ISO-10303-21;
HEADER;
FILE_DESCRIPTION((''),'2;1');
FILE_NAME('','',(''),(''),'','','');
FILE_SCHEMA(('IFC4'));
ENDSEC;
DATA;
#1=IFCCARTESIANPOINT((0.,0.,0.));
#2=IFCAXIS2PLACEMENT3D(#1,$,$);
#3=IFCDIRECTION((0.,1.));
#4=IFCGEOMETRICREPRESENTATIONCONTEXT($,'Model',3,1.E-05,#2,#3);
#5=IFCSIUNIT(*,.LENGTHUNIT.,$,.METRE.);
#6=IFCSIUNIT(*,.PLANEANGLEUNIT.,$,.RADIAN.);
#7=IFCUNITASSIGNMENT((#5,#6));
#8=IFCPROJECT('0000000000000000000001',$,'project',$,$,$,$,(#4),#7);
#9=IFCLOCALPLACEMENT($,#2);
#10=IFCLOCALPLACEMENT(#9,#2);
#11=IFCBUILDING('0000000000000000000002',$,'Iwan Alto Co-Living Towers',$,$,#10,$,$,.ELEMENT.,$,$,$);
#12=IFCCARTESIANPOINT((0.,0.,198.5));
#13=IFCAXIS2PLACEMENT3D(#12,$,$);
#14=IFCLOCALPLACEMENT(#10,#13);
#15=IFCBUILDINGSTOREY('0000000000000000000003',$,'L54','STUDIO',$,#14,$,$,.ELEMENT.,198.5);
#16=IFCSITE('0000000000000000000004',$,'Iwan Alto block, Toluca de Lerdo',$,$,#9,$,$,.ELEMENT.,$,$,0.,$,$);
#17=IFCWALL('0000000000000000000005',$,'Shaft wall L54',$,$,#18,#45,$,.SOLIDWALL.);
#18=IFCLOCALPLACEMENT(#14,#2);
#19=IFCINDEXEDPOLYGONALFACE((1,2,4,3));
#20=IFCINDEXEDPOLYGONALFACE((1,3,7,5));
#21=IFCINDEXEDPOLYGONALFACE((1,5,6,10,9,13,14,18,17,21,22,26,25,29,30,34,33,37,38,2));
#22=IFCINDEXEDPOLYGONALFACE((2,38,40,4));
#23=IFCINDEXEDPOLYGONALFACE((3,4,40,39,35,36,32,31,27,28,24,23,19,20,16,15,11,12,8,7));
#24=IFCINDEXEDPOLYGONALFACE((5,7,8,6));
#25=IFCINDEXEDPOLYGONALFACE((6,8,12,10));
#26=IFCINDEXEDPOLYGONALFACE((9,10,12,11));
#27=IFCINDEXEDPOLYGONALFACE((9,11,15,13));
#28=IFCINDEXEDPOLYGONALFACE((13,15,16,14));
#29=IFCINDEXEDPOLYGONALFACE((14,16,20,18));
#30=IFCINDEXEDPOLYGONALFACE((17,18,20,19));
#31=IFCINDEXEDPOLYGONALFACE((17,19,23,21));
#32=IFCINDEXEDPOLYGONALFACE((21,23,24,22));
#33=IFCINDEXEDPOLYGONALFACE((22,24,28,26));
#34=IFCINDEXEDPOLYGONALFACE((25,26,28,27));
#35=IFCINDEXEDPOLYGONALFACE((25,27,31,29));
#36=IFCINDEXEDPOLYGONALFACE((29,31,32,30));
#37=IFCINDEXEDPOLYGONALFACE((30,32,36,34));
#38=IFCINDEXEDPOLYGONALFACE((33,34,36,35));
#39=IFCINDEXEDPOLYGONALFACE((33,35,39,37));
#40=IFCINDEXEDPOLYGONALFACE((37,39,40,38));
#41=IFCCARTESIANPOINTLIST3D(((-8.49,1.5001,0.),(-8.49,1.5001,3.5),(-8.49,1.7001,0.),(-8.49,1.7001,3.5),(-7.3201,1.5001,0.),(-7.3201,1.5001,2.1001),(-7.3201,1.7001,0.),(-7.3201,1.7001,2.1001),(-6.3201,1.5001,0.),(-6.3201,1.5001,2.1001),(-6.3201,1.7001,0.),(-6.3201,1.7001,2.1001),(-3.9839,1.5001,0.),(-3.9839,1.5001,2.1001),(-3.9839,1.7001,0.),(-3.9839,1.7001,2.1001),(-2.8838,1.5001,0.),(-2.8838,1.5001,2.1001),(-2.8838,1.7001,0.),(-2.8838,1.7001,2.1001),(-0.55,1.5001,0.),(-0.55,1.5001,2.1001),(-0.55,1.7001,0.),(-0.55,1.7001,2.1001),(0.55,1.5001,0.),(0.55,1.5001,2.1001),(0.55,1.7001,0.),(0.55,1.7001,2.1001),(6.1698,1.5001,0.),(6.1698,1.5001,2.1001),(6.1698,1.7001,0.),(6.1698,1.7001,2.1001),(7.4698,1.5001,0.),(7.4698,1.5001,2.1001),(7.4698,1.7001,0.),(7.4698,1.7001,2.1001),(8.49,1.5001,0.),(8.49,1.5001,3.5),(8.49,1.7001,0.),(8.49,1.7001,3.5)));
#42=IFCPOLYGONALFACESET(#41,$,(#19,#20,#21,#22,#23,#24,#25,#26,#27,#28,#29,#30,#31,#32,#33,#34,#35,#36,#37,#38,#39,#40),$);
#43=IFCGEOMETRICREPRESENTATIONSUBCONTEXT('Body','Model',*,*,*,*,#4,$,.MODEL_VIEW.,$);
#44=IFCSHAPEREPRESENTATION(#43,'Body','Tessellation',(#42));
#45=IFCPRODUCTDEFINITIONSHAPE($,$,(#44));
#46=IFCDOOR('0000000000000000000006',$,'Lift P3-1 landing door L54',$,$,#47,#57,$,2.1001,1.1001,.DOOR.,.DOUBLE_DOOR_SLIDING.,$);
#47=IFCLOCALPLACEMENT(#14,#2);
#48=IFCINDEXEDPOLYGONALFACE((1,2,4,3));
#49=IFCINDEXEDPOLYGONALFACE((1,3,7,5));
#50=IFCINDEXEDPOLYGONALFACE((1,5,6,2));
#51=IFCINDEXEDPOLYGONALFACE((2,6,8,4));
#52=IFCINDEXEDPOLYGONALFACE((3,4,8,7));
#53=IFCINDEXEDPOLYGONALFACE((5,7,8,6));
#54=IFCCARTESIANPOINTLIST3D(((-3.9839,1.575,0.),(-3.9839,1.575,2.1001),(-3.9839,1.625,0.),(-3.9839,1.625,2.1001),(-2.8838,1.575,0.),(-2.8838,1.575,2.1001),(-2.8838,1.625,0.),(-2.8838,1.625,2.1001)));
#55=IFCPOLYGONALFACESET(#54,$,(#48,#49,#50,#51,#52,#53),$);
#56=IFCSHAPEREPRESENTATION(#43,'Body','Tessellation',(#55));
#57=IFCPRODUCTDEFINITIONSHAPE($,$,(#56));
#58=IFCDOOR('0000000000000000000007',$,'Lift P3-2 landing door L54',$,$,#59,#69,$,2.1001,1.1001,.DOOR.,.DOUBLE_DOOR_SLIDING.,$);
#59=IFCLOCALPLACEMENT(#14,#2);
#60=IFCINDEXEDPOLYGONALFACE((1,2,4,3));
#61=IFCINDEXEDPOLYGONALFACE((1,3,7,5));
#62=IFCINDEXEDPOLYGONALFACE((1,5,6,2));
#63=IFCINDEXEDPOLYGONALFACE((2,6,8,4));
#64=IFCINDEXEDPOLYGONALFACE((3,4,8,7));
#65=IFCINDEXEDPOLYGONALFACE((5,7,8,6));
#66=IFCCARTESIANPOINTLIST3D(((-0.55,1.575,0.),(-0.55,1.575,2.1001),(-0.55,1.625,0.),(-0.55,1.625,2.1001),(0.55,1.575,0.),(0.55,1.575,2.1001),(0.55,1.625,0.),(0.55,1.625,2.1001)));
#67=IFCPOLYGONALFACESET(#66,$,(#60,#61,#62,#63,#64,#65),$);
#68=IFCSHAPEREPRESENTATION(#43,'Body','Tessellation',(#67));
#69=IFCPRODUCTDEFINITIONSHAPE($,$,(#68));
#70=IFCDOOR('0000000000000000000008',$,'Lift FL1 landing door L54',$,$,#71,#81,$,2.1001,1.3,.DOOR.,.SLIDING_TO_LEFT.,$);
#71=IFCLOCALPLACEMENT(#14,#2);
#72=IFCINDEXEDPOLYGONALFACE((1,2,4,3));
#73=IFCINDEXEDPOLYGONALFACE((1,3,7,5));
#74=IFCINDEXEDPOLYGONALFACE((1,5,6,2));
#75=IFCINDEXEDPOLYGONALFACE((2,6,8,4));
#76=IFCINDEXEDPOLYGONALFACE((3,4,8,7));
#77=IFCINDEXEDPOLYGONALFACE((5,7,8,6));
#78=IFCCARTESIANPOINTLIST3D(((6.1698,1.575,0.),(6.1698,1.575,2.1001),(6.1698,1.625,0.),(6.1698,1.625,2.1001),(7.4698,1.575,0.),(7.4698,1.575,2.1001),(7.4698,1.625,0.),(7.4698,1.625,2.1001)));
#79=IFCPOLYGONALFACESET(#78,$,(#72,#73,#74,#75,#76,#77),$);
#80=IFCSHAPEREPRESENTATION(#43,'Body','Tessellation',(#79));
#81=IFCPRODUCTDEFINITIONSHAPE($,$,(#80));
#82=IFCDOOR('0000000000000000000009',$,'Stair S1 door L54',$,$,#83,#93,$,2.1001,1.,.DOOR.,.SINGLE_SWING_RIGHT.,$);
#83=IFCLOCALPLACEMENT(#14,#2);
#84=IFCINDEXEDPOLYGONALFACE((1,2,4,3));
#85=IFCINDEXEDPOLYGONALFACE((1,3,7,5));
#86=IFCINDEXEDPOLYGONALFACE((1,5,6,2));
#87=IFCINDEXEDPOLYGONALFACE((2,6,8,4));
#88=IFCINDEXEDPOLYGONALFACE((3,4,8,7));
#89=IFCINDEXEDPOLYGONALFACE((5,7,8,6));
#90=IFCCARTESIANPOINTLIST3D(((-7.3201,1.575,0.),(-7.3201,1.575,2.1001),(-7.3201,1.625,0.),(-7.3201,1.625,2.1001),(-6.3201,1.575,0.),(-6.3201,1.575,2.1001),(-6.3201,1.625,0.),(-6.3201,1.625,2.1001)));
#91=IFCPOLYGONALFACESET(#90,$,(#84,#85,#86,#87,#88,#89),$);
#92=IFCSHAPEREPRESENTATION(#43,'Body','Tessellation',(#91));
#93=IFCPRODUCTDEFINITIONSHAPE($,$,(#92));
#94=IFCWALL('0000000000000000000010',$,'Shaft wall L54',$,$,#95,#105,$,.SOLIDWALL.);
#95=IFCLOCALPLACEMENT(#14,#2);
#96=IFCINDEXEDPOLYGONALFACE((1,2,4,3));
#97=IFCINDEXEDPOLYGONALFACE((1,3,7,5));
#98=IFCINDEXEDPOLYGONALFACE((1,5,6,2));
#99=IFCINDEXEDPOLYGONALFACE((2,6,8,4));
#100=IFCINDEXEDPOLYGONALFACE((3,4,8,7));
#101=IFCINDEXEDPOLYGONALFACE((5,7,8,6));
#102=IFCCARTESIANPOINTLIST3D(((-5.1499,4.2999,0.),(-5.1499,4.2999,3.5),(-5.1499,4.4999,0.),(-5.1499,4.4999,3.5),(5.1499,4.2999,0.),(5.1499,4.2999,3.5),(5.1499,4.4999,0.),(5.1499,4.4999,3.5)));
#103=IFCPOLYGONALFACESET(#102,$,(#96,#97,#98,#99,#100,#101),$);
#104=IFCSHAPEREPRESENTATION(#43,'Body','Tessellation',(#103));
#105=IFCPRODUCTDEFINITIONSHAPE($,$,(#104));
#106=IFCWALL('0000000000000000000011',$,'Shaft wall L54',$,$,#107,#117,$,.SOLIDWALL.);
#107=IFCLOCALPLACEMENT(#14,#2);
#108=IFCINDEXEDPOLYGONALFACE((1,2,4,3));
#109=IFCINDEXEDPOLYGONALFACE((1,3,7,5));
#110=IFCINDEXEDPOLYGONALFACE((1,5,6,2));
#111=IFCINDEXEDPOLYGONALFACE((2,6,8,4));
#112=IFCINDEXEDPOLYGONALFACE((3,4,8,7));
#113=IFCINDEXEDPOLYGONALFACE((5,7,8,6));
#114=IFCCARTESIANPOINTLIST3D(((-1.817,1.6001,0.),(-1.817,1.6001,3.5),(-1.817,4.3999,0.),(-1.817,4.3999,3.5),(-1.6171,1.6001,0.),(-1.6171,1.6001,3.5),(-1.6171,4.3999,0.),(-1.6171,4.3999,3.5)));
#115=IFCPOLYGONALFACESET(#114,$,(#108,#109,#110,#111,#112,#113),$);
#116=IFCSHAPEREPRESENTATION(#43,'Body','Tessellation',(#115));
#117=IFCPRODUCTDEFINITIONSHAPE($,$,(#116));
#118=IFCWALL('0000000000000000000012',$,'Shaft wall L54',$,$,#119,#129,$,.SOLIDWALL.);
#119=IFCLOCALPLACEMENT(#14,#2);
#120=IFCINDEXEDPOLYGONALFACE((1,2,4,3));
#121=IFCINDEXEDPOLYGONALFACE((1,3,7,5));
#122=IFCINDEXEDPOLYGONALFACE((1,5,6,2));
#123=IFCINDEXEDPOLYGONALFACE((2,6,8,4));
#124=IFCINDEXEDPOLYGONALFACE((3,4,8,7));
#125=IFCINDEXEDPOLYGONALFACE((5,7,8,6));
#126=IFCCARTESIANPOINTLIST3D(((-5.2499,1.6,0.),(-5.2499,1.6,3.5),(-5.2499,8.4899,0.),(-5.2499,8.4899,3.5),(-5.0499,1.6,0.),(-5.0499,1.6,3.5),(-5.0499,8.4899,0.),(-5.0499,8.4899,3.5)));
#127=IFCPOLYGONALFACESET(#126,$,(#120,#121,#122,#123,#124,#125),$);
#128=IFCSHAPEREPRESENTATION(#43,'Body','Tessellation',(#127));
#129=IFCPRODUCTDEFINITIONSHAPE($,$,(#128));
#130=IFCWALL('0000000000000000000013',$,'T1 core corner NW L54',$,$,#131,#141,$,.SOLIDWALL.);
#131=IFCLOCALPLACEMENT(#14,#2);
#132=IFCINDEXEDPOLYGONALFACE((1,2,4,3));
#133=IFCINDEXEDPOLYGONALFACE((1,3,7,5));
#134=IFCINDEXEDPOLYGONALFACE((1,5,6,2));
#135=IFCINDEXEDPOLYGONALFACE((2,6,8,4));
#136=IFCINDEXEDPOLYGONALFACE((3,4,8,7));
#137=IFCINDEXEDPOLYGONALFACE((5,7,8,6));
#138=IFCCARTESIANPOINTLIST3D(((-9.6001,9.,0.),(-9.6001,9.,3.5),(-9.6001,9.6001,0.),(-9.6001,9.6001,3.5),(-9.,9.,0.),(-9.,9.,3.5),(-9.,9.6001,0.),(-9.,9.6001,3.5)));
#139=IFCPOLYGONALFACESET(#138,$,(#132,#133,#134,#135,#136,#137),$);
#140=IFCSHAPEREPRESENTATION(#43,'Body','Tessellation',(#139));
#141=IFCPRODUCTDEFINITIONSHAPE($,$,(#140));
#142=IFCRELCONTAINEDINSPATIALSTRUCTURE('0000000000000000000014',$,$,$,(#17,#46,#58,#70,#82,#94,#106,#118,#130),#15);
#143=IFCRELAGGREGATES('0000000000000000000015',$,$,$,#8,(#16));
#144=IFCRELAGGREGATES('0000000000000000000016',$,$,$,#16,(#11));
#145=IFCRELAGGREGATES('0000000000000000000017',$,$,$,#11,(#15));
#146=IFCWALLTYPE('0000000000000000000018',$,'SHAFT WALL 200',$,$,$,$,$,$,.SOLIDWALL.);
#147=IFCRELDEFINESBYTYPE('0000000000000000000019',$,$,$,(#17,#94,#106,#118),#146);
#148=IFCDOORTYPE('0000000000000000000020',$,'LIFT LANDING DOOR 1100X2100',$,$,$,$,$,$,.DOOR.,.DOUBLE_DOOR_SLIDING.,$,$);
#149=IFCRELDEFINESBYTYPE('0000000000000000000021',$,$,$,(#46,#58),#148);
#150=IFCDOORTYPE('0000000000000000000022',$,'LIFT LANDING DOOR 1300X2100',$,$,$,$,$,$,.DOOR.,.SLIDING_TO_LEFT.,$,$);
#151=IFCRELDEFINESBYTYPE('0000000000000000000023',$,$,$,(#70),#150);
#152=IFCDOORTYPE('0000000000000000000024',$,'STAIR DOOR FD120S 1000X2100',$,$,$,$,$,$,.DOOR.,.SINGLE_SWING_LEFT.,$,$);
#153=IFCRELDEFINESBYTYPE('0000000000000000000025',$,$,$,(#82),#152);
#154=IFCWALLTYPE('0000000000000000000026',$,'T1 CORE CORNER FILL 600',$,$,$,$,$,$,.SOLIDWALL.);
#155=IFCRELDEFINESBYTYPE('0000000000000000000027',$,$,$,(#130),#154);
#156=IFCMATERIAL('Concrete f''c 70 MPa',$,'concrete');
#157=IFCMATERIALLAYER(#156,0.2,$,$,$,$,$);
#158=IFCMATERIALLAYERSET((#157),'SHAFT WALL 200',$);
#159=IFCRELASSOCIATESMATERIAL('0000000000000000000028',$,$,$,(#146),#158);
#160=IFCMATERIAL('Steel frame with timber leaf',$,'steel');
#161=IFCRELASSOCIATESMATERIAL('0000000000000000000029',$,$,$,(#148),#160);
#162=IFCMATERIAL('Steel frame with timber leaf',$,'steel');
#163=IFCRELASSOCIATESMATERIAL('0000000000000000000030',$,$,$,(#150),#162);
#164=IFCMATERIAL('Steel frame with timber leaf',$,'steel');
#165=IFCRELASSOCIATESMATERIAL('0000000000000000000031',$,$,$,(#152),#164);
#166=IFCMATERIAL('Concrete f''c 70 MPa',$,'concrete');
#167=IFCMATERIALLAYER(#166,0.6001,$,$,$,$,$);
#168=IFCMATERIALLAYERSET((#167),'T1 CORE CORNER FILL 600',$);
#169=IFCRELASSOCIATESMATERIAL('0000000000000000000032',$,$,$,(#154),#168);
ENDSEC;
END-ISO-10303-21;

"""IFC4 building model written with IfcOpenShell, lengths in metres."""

from ifc_helpers import new_model, si_unit, direction, frame, frame_2d, origin, place, context, subcontext, project, spatial, rectangle, extrude, material, layer, layer_set, type_object, element, fill, save


model = new_model("IFC4")

# Units and contexts
model_context = context("Model", 3, precision=1e-05, world=origin(), true_north=direction((0.0, 1.0)))
body_context = subcontext(model_context, "Body", "Model", "MODEL_VIEW")
ifc_project = project(units=[si_unit("LENGTHUNIT", "METRE"), si_unit("PLANEANGLEUNIT", "RADIAN")], contexts=[model_context])

# Site, building, storey
site_placement = place(None, origin())
site = spatial("IfcSite", under=ifc_project, at=site_placement, Name="Iwan Alto block, Toluca de Lerdo", CompositionType="ELEMENT", RefElevation=0.0)
building_placement = place(site_placement, origin())
building = spatial("IfcBuilding", under=site, at=building_placement, Name="Iwan Alto Co-Living Towers", CompositionType="ELEMENT")
storey_placement = place(building_placement, frame((0.0, 0.0, 198.5)))
storey = spatial("IfcBuildingStorey", under=building, at=storey_placement, Name="L54", Description="STUDIO", CompositionType="ELEMENT", Elevation=198.5)

# Wall, openings, doors
ifc_material_1 = material(Name="Concrete f'c 70 MPa", Category="concrete")
ifc_layer_1 = layer(ifc_material_1, 0.2)
ifc_layer_set_1 = layer_set([ifc_layer_1], Name="SHAFT WALL 200")
wall_type_1 = type_object("IfcWallType", Name="SHAFT WALL 200", PredefinedType="SOLIDWALL", material=ifc_layer_set_1)
wall_1_placement = place(storey_placement, frame((-8.49, 1.6001, 0.0), z_axis=(0.0, 0.0, 1.0), x_axis=(1.0, 0.0, 0.0)))
wall_1 = element("IfcWall", 1, at=wall_1_placement, inside=storey, type_object=wall_type_1, Name="Shaft wall L54", PredefinedType="SOLIDWALL", context=body_context, shape_type="SweptSolid", body=[
    extrude(rectangle(XDim=16.98, YDim=0.2, at=frame_2d((8.49, 0.0))), origin(), (0.0, 0.0, 1.0), 3.5),
])
opening_1_placement = place(wall_1_placement, frame((1.1699, 0.0, 0.0)))
opening_1 = element("IfcOpeningElement", 2, at=opening_1_placement, cuts=wall_1, PredefinedType="OPENING", context=body_context, shape_type="SweptSolid", body=[
    extrude(rectangle(XDim=1.0, YDim=2.1001, at=frame_2d((0.5, 1.05))), frame((0.0, 0.1099, 0.0), z_axis=(0.0, -1.0, 0.0), x_axis=(1.0, 0.0, 0.0)), (0.0, 0.0, 1.0), 0.22),
])
opening_2_placement = place(wall_1_placement, frame((4.5061, 0.0, 0.0)))
opening_2 = element("IfcOpeningElement", 3, at=opening_2_placement, cuts=wall_1, PredefinedType="OPENING", context=body_context, shape_type="SweptSolid", body=[
    extrude(rectangle(XDim=1.1001, YDim=2.1001, at=frame_2d((0.55, 1.05))), frame((0.0, 0.1099, 0.0), z_axis=(0.0, -1.0, 0.0), x_axis=(1.0, 0.0, 0.0)), (0.0, 0.0, 1.0), 0.22),
])
opening_3_placement = place(wall_1_placement, frame((7.9399, 0.0, 0.0)))
opening_3 = element("IfcOpeningElement", 4, at=opening_3_placement, cuts=wall_1, PredefinedType="OPENING", context=body_context, shape_type="SweptSolid", body=[
    extrude(rectangle(XDim=1.1001, YDim=2.1001, at=frame_2d((0.55, 1.05))), frame((0.0, 0.1099, 0.0), z_axis=(0.0, -1.0, 0.0), x_axis=(1.0, 0.0, 0.0)), (0.0, 0.0, 1.0), 0.22),
])
opening_4_placement = place(wall_1_placement, frame((14.6599, 0.0, 0.0)))
opening_4 = element("IfcOpeningElement", 5, at=opening_4_placement, cuts=wall_1, PredefinedType="OPENING", context=body_context, shape_type="SweptSolid", body=[
    extrude(rectangle(XDim=1.3, YDim=2.1001, at=frame_2d((0.6499, 1.05))), frame((0.0, 0.1099, 0.0), z_axis=(0.0, -1.0, 0.0), x_axis=(1.0, 0.0, 0.0)), (0.0, 0.0, 1.0), 0.22),
])
ifc_material_2 = material(Name="Steel frame with timber leaf", Category="steel")
door_type_1 = type_object("IfcDoorType", Name="LIFT LANDING DOOR 1100X2100", OperationType="DOUBLE_DOOR_SLIDING", PredefinedType="DOOR", material=ifc_material_2)
door_1_placement = place(opening_2_placement, origin())
door_1 = element("IfcDoor", 6, at=door_1_placement, inside=storey, type_object=door_type_1, Name="Lift P3-1 landing door L54", OperationType="DOUBLE_DOOR_SLIDING", OverallHeight=2.1001, OverallWidth=1.1001, PredefinedType="DOOR", context=body_context, shape_type="SweptSolid", body=[
    extrude(rectangle(XDim=1.1001, YDim=2.1001, at=frame_2d((0.55, 1.05))), frame((0.0, 0.0249, 0.0), z_axis=(0.0, -1.0, 0.0), x_axis=(1.0, 0.0, 0.0)), (0.0, 0.0, 1.0), 0.05),
])
fill(opening_2, door_1)
door_2_placement = place(opening_3_placement, origin())
door_2 = element("IfcDoor", 7, at=door_2_placement, inside=storey, type_object=door_type_1, Name="Lift P3-2 landing door L54", OperationType="DOUBLE_DOOR_SLIDING", OverallHeight=2.1001, OverallWidth=1.1001, PredefinedType="DOOR", context=body_context, shape_type="SweptSolid", body=[
    extrude(rectangle(XDim=1.1001, YDim=2.1001, at=frame_2d((0.55, 1.05))), frame((0.0, 0.0249, 0.0), z_axis=(0.0, -1.0, 0.0), x_axis=(1.0, 0.0, 0.0)), (0.0, 0.0, 1.0), 0.05),
])
fill(opening_3, door_2)
ifc_material_3 = material(Name="Steel frame with timber leaf", Category="steel")
door_type_2 = type_object("IfcDoorType", Name="LIFT LANDING DOOR 1300X2100", OperationType="SLIDING_TO_LEFT", PredefinedType="DOOR", material=ifc_material_3)
door_3_placement = place(opening_4_placement, origin())
door_3 = element("IfcDoor", 8, at=door_3_placement, inside=storey, type_object=door_type_2, Name="Lift FL1 landing door L54", OperationType="SLIDING_TO_LEFT", OverallHeight=2.1001, OverallWidth=1.3, PredefinedType="DOOR", context=body_context, shape_type="SweptSolid", body=[
    extrude(rectangle(XDim=1.3, YDim=2.1001, at=frame_2d((0.6499, 1.05))), frame((0.0, 0.0249, 0.0), z_axis=(0.0, -1.0, 0.0), x_axis=(1.0, 0.0, 0.0)), (0.0, 0.0, 1.0), 0.05),
])
fill(opening_4, door_3)
ifc_material_4 = material(Name="Steel frame with timber leaf", Category="steel")
door_type_3 = type_object("IfcDoorType", Name="STAIR DOOR FD120S 1000X2100", OperationType="SINGLE_SWING_LEFT", PredefinedType="DOOR", material=ifc_material_4)
door_4_placement = place(opening_1_placement, origin())
door_4 = element("IfcDoor", 9, at=door_4_placement, inside=storey, type_object=door_type_3, Name="Stair S1 door L54", OperationType="SINGLE_SWING_RIGHT", OverallHeight=2.1001, OverallWidth=1.0, PredefinedType="DOOR", context=body_context, shape_type="SweptSolid", body=[
    extrude(rectangle(XDim=1.0, YDim=2.1001, at=frame_2d((0.5, 1.05))), frame((0.0, 0.0249, 0.0), z_axis=(0.0, -1.0, 0.0), x_axis=(1.0, 0.0, 0.0)), (0.0, 0.0, 1.0), 0.05),
])
fill(opening_1, door_4)

# Walls
wall_2_placement = place(storey_placement, frame((-5.1499, 4.3999, 0.0), z_axis=(0.0, 0.0, 1.0), x_axis=(1.0, 0.0, 0.0)))
element("IfcWall", 10, at=wall_2_placement, inside=storey, type_object=wall_type_1, Name="Shaft wall L54", PredefinedType="SOLIDWALL", context=body_context, shape_type="SweptSolid", body=[
    extrude(rectangle(XDim=10.2998, YDim=0.2, at=frame_2d((5.1499, 0.0))), origin(), (0.0, 0.0, 1.0), 3.5),
])
wall_3_placement = place(storey_placement, frame((-1.717, 1.6001, 0.0), z_axis=(0.0, 0.0, 1.0), x_axis=(0.0, 1.0, 0.0)))
element("IfcWall", 11, at=wall_3_placement, inside=storey, type_object=wall_type_1, Name="Shaft wall L54", PredefinedType="SOLIDWALL", context=body_context, shape_type="SweptSolid", body=[
    extrude(rectangle(XDim=2.7998, YDim=0.2, at=frame_2d((1.3999, 0.0))), origin(), (0.0, 0.0, 1.0), 3.5),
])
wall_4_placement = place(storey_placement, frame((-5.1499, 1.6001, 0.0), z_axis=(0.0, 0.0, 1.0), x_axis=(0.0, 1.0, 0.0)))
element("IfcWall", 12, at=wall_4_placement, inside=storey, type_object=wall_type_1, Name="Shaft wall L54", PredefinedType="SOLIDWALL", context=body_context, shape_type="SweptSolid", body=[
    extrude(rectangle(XDim=6.8899, YDim=0.2, at=frame_2d((3.4448, 0.0))), origin(), (0.0, 0.0, 1.0), 3.5),
])
ifc_material_5 = material(Name="Concrete f'c 70 MPa", Category="concrete")
ifc_layer_2 = layer(ifc_material_5, 0.6001)
ifc_layer_set_2 = layer_set([ifc_layer_2], Name="T1 CORE CORNER FILL 600")
wall_type_2 = type_object("IfcWallType", Name="T1 CORE CORNER FILL 600", PredefinedType="SOLIDWALL", material=ifc_layer_set_2)
wall_5_placement = place(storey_placement, frame((-9.6001, 9.3, 0.0), z_axis=(0.0, 0.0, 1.0), x_axis=(1.0, 0.0, 0.0)))
element("IfcWall", 13, at=wall_5_placement, inside=storey, type_object=wall_type_2, Name="T1 core corner NW L54", PredefinedType="SOLIDWALL", context=body_context, shape_type="SweptSolid", body=[
    extrude(rectangle(XDim=0.6001, YDim=0.6001, at=frame_2d((0.3, 0.0))), origin(), (0.0, 0.0, 1.0), 3.5),
])

save(model, "model.ifc")
